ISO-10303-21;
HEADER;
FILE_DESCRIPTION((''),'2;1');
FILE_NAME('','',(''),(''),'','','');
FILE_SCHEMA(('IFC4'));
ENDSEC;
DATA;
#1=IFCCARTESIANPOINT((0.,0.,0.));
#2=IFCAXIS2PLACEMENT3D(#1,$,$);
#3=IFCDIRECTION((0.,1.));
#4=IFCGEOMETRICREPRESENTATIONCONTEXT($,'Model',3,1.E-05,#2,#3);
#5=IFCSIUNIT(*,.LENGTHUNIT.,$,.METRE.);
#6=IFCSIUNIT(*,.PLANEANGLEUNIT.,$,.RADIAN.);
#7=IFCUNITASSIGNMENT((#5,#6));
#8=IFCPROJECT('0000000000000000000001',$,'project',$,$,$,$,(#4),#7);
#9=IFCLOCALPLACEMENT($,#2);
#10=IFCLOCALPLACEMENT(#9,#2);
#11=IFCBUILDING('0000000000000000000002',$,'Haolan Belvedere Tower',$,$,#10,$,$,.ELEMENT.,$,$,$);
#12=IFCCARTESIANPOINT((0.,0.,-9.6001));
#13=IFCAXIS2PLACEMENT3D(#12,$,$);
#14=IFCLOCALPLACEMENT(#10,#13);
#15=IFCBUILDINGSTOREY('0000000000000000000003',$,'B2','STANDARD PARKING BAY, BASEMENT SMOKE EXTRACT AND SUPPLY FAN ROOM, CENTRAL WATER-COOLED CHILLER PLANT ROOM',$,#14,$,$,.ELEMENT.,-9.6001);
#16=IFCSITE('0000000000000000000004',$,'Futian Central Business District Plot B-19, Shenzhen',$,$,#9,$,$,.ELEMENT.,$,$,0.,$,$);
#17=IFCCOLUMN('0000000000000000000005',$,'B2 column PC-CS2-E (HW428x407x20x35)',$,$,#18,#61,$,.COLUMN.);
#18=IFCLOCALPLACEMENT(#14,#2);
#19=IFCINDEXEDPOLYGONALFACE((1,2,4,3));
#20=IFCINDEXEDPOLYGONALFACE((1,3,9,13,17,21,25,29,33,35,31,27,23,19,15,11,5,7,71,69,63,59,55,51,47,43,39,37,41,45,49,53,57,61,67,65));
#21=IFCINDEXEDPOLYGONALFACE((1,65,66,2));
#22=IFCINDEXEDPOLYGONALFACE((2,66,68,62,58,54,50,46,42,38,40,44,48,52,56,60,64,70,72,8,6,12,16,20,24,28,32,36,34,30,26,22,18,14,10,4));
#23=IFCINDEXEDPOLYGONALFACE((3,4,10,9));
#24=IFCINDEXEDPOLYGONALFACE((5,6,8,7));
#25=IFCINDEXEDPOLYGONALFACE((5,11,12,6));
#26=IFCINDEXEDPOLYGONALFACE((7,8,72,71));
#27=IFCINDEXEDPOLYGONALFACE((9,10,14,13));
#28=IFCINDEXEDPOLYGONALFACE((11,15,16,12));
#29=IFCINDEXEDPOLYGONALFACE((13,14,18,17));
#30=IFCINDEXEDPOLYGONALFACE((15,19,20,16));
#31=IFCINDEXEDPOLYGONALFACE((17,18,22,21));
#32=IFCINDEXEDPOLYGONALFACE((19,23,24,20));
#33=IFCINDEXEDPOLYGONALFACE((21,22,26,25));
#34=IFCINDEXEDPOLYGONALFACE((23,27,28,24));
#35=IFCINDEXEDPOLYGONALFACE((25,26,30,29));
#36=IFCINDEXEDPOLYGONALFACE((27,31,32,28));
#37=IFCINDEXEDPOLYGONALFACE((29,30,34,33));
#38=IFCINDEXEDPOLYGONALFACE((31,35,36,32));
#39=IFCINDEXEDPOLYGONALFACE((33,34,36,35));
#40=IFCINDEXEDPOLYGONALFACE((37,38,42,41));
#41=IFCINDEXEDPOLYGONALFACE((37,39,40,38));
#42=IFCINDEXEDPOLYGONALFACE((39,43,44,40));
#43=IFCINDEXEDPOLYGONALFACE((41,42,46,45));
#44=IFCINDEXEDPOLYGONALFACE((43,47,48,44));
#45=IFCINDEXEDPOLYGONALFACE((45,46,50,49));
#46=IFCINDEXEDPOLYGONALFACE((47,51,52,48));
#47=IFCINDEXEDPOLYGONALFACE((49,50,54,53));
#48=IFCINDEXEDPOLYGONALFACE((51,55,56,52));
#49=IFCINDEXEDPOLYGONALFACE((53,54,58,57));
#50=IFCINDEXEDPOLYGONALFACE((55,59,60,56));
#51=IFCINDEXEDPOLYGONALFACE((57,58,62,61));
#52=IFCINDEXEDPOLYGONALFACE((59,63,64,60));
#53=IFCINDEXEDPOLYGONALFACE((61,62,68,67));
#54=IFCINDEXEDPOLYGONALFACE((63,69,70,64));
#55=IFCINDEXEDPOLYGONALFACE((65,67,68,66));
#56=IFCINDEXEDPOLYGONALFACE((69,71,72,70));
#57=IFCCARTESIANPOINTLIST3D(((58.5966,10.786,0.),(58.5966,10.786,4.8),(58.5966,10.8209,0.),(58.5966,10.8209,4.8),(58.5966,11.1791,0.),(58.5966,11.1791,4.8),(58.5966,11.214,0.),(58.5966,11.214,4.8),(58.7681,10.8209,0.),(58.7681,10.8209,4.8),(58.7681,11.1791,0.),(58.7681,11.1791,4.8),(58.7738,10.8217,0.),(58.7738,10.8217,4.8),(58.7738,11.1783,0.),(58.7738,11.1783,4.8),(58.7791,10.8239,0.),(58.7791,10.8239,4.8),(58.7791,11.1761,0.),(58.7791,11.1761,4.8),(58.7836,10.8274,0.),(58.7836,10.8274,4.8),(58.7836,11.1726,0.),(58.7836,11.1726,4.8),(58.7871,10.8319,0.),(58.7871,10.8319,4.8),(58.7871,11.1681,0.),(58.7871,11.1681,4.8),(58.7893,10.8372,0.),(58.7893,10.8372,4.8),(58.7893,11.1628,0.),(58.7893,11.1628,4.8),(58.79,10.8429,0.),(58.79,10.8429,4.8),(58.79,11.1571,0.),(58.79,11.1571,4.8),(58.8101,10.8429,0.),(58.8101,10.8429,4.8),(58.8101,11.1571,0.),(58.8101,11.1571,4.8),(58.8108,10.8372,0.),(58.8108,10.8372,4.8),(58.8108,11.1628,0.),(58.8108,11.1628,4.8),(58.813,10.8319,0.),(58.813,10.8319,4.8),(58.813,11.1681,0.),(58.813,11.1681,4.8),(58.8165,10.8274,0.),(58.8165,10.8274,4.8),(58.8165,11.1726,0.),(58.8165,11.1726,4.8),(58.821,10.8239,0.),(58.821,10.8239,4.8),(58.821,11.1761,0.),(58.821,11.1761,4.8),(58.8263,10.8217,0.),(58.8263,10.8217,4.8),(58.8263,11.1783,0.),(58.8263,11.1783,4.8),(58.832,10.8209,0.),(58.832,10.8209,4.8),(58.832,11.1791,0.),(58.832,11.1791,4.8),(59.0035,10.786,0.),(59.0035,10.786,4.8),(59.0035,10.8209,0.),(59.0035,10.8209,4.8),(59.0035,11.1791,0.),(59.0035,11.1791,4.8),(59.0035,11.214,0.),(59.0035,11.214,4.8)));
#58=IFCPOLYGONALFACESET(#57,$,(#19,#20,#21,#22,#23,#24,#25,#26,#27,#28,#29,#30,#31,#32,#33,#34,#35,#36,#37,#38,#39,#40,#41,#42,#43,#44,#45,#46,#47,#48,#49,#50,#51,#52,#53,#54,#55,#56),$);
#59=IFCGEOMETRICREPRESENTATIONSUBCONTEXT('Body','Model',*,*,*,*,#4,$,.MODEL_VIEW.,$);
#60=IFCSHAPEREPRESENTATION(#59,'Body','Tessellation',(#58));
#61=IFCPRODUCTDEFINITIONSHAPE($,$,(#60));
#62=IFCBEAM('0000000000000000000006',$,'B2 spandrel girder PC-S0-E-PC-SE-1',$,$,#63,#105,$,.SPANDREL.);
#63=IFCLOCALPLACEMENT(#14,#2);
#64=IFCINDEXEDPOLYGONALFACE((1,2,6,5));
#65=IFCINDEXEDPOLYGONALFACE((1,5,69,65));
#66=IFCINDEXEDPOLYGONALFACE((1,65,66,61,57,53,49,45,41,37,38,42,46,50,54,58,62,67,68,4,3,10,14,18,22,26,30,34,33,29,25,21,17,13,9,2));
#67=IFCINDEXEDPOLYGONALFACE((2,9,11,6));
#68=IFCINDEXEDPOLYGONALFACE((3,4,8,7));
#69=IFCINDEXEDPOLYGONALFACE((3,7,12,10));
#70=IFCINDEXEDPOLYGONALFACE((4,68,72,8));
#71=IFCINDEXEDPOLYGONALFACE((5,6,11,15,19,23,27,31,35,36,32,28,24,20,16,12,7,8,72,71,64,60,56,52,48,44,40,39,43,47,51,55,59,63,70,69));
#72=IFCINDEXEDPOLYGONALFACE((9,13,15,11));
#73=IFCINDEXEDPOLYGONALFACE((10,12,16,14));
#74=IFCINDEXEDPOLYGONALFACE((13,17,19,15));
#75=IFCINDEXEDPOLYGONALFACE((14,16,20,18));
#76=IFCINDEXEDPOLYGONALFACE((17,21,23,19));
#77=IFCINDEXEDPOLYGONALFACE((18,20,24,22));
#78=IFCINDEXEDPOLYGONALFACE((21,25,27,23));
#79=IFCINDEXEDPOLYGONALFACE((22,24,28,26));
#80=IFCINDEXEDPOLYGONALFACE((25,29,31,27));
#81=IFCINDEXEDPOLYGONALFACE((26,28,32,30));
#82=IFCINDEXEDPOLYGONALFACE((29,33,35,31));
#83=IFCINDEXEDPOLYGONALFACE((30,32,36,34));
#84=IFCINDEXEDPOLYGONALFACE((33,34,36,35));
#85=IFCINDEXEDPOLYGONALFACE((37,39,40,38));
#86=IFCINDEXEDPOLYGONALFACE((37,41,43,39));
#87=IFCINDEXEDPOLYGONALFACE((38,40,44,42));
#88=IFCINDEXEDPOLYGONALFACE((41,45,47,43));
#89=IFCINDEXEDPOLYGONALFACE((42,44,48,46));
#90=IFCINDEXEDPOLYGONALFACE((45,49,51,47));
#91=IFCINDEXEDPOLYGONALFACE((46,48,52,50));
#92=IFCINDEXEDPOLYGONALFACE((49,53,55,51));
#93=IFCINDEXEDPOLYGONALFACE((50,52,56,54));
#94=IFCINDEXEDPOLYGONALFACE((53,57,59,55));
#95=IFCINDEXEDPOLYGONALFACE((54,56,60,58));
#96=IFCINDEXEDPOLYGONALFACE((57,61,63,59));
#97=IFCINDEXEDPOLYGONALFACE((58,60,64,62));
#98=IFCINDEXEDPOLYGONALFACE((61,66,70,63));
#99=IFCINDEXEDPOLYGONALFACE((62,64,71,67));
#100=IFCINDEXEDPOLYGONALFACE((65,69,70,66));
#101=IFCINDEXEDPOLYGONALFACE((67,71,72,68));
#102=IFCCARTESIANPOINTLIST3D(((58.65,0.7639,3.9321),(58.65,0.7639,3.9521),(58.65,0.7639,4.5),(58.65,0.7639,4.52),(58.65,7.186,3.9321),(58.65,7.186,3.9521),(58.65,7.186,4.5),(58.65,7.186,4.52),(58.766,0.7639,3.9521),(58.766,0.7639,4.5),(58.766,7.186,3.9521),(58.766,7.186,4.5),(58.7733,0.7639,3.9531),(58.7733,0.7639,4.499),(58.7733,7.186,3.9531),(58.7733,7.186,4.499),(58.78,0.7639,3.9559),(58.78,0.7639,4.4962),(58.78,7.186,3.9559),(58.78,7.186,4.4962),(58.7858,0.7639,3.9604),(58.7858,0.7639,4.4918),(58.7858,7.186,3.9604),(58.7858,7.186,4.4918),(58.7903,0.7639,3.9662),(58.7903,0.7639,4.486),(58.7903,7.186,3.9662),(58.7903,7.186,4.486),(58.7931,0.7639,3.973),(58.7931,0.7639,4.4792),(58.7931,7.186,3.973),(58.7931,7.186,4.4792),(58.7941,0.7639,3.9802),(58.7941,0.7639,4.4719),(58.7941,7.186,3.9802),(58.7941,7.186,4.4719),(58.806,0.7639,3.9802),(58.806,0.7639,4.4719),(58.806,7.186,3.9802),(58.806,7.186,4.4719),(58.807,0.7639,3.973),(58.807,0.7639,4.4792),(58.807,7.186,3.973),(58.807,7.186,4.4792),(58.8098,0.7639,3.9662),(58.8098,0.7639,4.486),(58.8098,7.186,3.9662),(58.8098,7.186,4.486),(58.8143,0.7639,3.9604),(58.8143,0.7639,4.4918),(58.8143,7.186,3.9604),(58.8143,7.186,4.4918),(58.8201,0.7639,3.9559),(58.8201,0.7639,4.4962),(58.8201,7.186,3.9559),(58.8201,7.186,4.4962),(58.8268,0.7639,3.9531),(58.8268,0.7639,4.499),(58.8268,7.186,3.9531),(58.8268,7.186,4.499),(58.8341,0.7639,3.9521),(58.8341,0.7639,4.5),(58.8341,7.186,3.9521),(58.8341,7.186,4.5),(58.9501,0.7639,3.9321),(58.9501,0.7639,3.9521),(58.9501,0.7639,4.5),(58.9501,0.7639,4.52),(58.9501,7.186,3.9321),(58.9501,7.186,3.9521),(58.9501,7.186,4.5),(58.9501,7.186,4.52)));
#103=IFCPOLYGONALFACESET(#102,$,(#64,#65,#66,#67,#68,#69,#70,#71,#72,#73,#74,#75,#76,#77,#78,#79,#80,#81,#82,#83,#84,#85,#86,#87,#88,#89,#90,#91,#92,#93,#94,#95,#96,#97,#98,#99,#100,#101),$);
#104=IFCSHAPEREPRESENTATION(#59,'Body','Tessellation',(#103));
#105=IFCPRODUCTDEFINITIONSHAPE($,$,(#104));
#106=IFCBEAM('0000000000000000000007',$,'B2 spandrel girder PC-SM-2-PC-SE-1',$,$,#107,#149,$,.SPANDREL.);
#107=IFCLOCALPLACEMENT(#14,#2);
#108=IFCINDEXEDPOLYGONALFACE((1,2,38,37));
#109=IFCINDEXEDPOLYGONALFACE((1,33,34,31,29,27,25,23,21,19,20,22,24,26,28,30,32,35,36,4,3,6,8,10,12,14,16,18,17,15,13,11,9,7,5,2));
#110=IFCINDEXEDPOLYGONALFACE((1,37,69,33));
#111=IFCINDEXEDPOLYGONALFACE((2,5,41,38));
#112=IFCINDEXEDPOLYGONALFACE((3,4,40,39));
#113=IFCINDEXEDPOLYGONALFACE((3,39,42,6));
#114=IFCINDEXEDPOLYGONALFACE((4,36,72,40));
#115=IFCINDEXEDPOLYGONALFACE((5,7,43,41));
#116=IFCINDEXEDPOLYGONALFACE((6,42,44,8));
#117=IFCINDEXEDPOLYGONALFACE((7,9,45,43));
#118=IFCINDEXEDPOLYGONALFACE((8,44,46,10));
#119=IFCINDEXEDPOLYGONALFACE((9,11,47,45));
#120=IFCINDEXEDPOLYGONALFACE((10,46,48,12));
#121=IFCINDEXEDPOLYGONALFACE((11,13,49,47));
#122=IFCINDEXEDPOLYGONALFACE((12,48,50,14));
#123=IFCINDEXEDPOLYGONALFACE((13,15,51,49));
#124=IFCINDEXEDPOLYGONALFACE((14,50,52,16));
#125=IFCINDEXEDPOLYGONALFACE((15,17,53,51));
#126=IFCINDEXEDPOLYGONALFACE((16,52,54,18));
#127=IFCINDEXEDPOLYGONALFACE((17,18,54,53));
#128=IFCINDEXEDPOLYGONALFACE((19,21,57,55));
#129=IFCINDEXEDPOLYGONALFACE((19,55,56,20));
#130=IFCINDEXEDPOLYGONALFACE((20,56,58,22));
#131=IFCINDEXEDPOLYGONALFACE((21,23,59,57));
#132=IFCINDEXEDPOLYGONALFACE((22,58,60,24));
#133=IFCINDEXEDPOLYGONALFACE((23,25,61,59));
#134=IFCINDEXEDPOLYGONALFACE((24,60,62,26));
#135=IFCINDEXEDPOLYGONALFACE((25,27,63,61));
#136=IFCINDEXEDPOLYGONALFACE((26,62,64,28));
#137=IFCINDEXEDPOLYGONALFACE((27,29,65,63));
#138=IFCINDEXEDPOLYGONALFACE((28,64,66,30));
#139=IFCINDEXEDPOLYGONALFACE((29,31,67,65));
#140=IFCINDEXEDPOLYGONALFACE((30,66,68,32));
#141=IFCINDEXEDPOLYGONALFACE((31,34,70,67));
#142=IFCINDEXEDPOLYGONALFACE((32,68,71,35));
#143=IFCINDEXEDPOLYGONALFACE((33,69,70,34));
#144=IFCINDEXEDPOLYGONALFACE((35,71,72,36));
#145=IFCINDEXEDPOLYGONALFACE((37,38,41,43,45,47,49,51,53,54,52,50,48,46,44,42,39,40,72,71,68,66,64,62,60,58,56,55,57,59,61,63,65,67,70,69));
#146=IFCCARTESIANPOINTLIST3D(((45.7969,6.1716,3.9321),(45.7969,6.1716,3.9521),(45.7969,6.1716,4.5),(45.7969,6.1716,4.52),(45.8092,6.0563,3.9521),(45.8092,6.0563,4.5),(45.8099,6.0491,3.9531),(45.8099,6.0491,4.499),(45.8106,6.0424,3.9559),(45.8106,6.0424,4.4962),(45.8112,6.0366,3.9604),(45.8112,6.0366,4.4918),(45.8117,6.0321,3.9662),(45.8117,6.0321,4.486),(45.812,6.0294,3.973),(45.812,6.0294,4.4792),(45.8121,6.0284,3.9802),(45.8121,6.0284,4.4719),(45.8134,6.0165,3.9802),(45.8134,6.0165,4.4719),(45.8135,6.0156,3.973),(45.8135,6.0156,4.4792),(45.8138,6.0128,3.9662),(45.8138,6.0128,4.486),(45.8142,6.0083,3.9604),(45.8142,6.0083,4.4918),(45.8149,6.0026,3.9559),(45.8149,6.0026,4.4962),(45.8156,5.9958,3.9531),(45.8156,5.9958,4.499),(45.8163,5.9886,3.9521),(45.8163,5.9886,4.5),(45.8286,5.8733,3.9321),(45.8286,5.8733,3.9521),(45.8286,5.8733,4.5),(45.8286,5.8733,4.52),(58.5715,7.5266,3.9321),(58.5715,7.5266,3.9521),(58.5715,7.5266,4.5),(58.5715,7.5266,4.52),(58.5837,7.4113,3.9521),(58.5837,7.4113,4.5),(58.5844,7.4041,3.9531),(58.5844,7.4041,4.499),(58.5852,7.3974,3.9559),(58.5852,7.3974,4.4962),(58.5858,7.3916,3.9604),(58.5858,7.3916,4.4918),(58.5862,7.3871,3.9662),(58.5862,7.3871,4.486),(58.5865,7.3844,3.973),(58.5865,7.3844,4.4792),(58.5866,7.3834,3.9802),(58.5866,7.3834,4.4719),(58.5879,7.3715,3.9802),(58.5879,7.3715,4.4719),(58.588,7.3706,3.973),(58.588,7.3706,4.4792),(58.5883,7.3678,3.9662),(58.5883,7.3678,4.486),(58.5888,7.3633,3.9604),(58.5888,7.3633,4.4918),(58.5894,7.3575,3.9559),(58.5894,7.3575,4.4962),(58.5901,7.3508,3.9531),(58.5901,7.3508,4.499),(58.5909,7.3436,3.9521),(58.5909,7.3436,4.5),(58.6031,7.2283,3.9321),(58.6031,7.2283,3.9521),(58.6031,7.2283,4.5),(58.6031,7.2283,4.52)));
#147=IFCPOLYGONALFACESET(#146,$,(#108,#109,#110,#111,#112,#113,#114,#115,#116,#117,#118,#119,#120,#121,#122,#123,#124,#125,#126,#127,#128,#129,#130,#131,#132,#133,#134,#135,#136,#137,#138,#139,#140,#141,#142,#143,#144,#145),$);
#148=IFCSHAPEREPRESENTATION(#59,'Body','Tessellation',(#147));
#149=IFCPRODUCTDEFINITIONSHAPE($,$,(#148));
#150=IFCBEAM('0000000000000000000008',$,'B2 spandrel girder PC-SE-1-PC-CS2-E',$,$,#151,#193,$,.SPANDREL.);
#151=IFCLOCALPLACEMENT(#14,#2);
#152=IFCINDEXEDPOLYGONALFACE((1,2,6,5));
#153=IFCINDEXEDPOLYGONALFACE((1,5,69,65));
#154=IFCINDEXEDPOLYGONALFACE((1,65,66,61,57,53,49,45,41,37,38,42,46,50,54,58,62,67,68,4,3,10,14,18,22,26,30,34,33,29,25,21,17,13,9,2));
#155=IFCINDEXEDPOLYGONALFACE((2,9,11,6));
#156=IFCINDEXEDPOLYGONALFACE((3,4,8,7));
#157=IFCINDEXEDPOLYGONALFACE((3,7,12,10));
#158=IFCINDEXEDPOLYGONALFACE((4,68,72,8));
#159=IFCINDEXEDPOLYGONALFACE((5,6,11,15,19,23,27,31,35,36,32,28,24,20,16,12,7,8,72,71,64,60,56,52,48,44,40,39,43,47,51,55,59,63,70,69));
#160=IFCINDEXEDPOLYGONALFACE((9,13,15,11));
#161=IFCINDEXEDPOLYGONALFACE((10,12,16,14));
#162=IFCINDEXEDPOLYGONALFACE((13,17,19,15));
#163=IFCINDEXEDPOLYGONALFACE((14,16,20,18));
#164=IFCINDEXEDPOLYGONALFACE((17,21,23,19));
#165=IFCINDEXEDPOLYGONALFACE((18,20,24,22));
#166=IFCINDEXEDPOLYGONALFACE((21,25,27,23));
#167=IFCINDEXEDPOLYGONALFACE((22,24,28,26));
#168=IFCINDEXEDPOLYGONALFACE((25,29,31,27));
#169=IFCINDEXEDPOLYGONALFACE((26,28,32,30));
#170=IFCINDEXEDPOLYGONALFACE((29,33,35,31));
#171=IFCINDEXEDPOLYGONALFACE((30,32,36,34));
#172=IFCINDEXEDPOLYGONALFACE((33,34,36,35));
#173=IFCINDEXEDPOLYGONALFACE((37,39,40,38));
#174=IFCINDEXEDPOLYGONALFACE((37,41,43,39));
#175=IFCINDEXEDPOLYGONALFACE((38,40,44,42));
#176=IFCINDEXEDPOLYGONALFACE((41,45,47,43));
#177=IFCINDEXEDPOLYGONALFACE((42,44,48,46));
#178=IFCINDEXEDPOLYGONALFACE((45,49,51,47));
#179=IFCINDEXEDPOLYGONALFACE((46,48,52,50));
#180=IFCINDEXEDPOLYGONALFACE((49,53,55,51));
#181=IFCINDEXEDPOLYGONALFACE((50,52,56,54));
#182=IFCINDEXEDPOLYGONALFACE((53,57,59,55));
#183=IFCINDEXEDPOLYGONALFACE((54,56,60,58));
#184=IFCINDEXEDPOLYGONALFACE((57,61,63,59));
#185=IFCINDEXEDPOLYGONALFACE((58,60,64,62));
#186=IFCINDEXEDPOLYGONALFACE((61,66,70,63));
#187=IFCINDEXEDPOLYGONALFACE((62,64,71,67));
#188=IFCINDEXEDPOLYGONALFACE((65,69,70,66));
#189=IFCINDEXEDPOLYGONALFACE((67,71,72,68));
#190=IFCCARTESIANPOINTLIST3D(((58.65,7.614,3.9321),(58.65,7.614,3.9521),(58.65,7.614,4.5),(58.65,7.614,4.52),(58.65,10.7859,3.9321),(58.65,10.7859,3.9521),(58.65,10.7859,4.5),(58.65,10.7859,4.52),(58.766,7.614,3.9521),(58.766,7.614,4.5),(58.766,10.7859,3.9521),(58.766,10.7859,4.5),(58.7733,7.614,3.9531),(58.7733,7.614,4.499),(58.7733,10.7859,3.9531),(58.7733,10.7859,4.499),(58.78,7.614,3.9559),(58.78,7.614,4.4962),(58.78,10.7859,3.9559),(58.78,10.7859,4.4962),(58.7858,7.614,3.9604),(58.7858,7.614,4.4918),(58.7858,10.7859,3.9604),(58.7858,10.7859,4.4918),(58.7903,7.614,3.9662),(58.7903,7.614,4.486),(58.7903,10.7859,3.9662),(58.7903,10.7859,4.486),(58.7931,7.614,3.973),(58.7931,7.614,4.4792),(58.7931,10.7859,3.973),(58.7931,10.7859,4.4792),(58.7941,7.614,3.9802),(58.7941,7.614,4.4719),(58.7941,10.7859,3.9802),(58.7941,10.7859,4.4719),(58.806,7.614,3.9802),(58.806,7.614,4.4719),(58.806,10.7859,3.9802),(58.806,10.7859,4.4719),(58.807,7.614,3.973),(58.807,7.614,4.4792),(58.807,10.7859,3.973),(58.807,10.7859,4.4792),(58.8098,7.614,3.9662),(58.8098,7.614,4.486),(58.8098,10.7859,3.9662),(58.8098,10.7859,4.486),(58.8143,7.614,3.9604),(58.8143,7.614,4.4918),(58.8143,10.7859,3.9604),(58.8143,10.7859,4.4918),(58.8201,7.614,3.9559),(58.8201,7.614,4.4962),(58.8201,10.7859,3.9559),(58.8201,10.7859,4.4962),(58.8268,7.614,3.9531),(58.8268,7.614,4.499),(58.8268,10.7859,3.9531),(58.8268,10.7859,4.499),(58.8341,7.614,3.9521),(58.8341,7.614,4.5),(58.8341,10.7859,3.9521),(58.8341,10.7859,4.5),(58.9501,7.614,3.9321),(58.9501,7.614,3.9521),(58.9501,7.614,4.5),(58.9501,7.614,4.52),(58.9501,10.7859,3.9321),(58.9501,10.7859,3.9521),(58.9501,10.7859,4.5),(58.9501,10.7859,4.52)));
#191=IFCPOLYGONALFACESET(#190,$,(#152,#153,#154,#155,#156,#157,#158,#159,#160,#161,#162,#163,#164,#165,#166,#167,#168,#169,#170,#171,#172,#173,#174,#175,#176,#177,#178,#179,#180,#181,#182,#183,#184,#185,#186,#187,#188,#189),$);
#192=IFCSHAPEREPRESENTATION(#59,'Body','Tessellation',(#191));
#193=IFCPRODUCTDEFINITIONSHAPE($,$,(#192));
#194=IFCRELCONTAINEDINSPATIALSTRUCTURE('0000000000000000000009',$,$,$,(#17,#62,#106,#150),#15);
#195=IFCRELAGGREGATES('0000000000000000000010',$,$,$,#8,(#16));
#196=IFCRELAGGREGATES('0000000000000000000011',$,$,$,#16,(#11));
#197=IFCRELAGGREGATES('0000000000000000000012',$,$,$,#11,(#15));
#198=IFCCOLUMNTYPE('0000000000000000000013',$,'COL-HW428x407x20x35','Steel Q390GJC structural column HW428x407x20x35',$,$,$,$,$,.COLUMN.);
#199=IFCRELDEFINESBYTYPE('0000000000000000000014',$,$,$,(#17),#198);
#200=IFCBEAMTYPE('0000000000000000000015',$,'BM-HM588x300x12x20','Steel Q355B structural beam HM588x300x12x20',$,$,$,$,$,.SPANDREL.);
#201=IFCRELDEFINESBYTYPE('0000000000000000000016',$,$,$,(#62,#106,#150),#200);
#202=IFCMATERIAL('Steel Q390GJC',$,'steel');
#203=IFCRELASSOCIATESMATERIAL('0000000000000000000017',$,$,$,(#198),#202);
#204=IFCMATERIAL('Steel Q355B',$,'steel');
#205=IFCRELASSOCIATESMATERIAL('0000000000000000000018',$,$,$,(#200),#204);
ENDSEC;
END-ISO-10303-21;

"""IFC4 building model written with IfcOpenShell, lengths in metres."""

from ifc_helpers import new_model, si_unit, direction, frame, origin, origin_2d, place, context, subcontext, project, spatial, i_section, extrude, material, material_profile, profile_set, type_object, element, save


model = new_model("IFC4")

# Units and contexts
model_context = context("Model", 3, precision=1e-05, world=origin(), true_north=direction((0.0, 1.0)))
body_context = subcontext(model_context, "Body", "Model", "MODEL_VIEW")
ifc_project = project(units=[si_unit("LENGTHUNIT", "METRE"), si_unit("PLANEANGLEUNIT", "RADIAN")], contexts=[model_context])

# Site, building, storey
site_placement = place(None, origin())
site = spatial("IfcSite", under=ifc_project, at=site_placement, Name="Futian Central Business District Plot B-19, Shenzhen", CompositionType="ELEMENT", RefElevation=0.0)
building_placement = place(site_placement, origin())
building = spatial("IfcBuilding", under=site, at=building_placement, Name="Haolan Belvedere Tower", CompositionType="ELEMENT")
storey_placement = place(building_placement, frame((0.0, 0.0, -9.6001)))
storey = spatial("IfcBuildingStorey", under=building, at=storey_placement, Name="B2", Description="STANDARD PARKING BAY, BASEMENT SMOKE EXTRACT AND SUPPLY FAN ROOM, CENTRAL WATER-COOLED CHILLER PLANT ROOM", CompositionType="ELEMENT", Elevation=-9.6001)

# Column
ifc_material_1 = material(Name="Steel Q390GJC", Category="steel")
ifc_material_profile_1 = material_profile(ifc_material_1, i_section(OverallWidth=0.407, OverallDepth=0.428, WebThickness=0.02, FlangeThickness=0.0349, FilletRadius=0.022, at=origin_2d()), Name="Steel Q390GJC")
ifc_profile_set_1 = profile_set([ifc_material_profile_1], Name="Steel Q390GJC")
column_type = type_object("IfcColumnType", Name="COL-HW428x407x20x35", Description="Steel Q390GJC structural column HW428x407x20x35", PredefinedType="COLUMN", material=ifc_profile_set_1)
for number, where, z_axis, x_axis, name in (
    (1, (58.8, 11.0, 0.0), (0.0, 0.0, 1.0), (1.0, 0.0, 0.0), "B2 column PC-CS2-E (HW428x407x20x35)"),
):
    element("IfcColumn", number, at=place(storey_placement, frame(where, z_axis=z_axis, x_axis=x_axis)), inside=storey, type_object=column_type, Name=name, PredefinedType="COLUMN", context=body_context, shape_type="SweptSolid", body=[
        extrude(i_section(OverallWidth=0.407, OverallDepth=0.428, WebThickness=0.02, FlangeThickness=0.0349, FilletRadius=0.022, at=origin_2d()), origin(), (0.0, 0.0, 1.0), 4.8),
    ])

# Beams
ifc_material_2 = material(Name="Steel Q355B", Category="steel")
ifc_material_profile_2 = material_profile(ifc_material_2, i_section(OverallWidth=0.3, OverallDepth=0.5879, WebThickness=0.012, FlangeThickness=0.02, FilletRadius=0.0281, at=origin_2d()), Name="Steel Q355B")
ifc_profile_set_2 = profile_set([ifc_material_profile_2], Name="Steel Q355B")
beam_type = type_object("IfcBeamType", Name="BM-HM588x300x12x20", Description="Steel Q355B structural beam HM588x300x12x20", PredefinedType="SPANDREL", material=ifc_profile_set_2)
beam_1_placement = place(storey_placement, frame((58.8, 0.7639, 4.2261), z_axis=(0.0, 1.0, 0.0), x_axis=(-1.0, 0.0, 0.0)))
element("IfcBeam", 2, at=beam_1_placement, inside=storey, type_object=beam_type, Name="B2 spandrel girder PC-S0-E-PC-SE-1", PredefinedType="SPANDREL", context=body_context, shape_type="SweptSolid", body=[
    extrude(i_section(OverallWidth=0.3, OverallDepth=0.5879, WebThickness=0.012, FlangeThickness=0.02, FilletRadius=0.0281, at=origin_2d()), origin(), (0.0, 0.0, 1.0), 6.4221),
])
beam_2_placement = place(storey_placement, frame((45.8127, 6.0225, 4.2261), z_axis=(0.994422, 0.105478, 0.0), x_axis=(-0.105478, 0.994422, 0.0)))
element("IfcBeam", 3, at=beam_2_placement, inside=storey, type_object=beam_type, Name="B2 spandrel girder PC-SM-2-PC-SE-1", PredefinedType="SPANDREL", context=body_context, shape_type="SweptSolid", body=[
    extrude(i_section(OverallWidth=0.3, OverallDepth=0.5879, WebThickness=0.012, FlangeThickness=0.02, FilletRadius=0.0281, at=origin_2d()), origin(), (0.0, 0.0, 1.0), 12.8462),
])
beam_3_placement = place(storey_placement, frame((58.8, 7.614, 4.2261), z_axis=(0.0, 1.0, 0.0), x_axis=(-1.0, 0.0, 0.0)))
element("IfcBeam", 4, at=beam_3_placement, inside=storey, type_object=beam_type, Name="B2 spandrel girder PC-SE-1-PC-CS2-E", PredefinedType="SPANDREL", context=body_context, shape_type="SweptSolid", body=[
    extrude(i_section(OverallWidth=0.3, OverallDepth=0.5879, WebThickness=0.012, FlangeThickness=0.02, FilletRadius=0.0281, at=origin_2d()), origin(), (0.0, 0.0, 1.0), 3.1719),
])

save(model, "model.ifc")
